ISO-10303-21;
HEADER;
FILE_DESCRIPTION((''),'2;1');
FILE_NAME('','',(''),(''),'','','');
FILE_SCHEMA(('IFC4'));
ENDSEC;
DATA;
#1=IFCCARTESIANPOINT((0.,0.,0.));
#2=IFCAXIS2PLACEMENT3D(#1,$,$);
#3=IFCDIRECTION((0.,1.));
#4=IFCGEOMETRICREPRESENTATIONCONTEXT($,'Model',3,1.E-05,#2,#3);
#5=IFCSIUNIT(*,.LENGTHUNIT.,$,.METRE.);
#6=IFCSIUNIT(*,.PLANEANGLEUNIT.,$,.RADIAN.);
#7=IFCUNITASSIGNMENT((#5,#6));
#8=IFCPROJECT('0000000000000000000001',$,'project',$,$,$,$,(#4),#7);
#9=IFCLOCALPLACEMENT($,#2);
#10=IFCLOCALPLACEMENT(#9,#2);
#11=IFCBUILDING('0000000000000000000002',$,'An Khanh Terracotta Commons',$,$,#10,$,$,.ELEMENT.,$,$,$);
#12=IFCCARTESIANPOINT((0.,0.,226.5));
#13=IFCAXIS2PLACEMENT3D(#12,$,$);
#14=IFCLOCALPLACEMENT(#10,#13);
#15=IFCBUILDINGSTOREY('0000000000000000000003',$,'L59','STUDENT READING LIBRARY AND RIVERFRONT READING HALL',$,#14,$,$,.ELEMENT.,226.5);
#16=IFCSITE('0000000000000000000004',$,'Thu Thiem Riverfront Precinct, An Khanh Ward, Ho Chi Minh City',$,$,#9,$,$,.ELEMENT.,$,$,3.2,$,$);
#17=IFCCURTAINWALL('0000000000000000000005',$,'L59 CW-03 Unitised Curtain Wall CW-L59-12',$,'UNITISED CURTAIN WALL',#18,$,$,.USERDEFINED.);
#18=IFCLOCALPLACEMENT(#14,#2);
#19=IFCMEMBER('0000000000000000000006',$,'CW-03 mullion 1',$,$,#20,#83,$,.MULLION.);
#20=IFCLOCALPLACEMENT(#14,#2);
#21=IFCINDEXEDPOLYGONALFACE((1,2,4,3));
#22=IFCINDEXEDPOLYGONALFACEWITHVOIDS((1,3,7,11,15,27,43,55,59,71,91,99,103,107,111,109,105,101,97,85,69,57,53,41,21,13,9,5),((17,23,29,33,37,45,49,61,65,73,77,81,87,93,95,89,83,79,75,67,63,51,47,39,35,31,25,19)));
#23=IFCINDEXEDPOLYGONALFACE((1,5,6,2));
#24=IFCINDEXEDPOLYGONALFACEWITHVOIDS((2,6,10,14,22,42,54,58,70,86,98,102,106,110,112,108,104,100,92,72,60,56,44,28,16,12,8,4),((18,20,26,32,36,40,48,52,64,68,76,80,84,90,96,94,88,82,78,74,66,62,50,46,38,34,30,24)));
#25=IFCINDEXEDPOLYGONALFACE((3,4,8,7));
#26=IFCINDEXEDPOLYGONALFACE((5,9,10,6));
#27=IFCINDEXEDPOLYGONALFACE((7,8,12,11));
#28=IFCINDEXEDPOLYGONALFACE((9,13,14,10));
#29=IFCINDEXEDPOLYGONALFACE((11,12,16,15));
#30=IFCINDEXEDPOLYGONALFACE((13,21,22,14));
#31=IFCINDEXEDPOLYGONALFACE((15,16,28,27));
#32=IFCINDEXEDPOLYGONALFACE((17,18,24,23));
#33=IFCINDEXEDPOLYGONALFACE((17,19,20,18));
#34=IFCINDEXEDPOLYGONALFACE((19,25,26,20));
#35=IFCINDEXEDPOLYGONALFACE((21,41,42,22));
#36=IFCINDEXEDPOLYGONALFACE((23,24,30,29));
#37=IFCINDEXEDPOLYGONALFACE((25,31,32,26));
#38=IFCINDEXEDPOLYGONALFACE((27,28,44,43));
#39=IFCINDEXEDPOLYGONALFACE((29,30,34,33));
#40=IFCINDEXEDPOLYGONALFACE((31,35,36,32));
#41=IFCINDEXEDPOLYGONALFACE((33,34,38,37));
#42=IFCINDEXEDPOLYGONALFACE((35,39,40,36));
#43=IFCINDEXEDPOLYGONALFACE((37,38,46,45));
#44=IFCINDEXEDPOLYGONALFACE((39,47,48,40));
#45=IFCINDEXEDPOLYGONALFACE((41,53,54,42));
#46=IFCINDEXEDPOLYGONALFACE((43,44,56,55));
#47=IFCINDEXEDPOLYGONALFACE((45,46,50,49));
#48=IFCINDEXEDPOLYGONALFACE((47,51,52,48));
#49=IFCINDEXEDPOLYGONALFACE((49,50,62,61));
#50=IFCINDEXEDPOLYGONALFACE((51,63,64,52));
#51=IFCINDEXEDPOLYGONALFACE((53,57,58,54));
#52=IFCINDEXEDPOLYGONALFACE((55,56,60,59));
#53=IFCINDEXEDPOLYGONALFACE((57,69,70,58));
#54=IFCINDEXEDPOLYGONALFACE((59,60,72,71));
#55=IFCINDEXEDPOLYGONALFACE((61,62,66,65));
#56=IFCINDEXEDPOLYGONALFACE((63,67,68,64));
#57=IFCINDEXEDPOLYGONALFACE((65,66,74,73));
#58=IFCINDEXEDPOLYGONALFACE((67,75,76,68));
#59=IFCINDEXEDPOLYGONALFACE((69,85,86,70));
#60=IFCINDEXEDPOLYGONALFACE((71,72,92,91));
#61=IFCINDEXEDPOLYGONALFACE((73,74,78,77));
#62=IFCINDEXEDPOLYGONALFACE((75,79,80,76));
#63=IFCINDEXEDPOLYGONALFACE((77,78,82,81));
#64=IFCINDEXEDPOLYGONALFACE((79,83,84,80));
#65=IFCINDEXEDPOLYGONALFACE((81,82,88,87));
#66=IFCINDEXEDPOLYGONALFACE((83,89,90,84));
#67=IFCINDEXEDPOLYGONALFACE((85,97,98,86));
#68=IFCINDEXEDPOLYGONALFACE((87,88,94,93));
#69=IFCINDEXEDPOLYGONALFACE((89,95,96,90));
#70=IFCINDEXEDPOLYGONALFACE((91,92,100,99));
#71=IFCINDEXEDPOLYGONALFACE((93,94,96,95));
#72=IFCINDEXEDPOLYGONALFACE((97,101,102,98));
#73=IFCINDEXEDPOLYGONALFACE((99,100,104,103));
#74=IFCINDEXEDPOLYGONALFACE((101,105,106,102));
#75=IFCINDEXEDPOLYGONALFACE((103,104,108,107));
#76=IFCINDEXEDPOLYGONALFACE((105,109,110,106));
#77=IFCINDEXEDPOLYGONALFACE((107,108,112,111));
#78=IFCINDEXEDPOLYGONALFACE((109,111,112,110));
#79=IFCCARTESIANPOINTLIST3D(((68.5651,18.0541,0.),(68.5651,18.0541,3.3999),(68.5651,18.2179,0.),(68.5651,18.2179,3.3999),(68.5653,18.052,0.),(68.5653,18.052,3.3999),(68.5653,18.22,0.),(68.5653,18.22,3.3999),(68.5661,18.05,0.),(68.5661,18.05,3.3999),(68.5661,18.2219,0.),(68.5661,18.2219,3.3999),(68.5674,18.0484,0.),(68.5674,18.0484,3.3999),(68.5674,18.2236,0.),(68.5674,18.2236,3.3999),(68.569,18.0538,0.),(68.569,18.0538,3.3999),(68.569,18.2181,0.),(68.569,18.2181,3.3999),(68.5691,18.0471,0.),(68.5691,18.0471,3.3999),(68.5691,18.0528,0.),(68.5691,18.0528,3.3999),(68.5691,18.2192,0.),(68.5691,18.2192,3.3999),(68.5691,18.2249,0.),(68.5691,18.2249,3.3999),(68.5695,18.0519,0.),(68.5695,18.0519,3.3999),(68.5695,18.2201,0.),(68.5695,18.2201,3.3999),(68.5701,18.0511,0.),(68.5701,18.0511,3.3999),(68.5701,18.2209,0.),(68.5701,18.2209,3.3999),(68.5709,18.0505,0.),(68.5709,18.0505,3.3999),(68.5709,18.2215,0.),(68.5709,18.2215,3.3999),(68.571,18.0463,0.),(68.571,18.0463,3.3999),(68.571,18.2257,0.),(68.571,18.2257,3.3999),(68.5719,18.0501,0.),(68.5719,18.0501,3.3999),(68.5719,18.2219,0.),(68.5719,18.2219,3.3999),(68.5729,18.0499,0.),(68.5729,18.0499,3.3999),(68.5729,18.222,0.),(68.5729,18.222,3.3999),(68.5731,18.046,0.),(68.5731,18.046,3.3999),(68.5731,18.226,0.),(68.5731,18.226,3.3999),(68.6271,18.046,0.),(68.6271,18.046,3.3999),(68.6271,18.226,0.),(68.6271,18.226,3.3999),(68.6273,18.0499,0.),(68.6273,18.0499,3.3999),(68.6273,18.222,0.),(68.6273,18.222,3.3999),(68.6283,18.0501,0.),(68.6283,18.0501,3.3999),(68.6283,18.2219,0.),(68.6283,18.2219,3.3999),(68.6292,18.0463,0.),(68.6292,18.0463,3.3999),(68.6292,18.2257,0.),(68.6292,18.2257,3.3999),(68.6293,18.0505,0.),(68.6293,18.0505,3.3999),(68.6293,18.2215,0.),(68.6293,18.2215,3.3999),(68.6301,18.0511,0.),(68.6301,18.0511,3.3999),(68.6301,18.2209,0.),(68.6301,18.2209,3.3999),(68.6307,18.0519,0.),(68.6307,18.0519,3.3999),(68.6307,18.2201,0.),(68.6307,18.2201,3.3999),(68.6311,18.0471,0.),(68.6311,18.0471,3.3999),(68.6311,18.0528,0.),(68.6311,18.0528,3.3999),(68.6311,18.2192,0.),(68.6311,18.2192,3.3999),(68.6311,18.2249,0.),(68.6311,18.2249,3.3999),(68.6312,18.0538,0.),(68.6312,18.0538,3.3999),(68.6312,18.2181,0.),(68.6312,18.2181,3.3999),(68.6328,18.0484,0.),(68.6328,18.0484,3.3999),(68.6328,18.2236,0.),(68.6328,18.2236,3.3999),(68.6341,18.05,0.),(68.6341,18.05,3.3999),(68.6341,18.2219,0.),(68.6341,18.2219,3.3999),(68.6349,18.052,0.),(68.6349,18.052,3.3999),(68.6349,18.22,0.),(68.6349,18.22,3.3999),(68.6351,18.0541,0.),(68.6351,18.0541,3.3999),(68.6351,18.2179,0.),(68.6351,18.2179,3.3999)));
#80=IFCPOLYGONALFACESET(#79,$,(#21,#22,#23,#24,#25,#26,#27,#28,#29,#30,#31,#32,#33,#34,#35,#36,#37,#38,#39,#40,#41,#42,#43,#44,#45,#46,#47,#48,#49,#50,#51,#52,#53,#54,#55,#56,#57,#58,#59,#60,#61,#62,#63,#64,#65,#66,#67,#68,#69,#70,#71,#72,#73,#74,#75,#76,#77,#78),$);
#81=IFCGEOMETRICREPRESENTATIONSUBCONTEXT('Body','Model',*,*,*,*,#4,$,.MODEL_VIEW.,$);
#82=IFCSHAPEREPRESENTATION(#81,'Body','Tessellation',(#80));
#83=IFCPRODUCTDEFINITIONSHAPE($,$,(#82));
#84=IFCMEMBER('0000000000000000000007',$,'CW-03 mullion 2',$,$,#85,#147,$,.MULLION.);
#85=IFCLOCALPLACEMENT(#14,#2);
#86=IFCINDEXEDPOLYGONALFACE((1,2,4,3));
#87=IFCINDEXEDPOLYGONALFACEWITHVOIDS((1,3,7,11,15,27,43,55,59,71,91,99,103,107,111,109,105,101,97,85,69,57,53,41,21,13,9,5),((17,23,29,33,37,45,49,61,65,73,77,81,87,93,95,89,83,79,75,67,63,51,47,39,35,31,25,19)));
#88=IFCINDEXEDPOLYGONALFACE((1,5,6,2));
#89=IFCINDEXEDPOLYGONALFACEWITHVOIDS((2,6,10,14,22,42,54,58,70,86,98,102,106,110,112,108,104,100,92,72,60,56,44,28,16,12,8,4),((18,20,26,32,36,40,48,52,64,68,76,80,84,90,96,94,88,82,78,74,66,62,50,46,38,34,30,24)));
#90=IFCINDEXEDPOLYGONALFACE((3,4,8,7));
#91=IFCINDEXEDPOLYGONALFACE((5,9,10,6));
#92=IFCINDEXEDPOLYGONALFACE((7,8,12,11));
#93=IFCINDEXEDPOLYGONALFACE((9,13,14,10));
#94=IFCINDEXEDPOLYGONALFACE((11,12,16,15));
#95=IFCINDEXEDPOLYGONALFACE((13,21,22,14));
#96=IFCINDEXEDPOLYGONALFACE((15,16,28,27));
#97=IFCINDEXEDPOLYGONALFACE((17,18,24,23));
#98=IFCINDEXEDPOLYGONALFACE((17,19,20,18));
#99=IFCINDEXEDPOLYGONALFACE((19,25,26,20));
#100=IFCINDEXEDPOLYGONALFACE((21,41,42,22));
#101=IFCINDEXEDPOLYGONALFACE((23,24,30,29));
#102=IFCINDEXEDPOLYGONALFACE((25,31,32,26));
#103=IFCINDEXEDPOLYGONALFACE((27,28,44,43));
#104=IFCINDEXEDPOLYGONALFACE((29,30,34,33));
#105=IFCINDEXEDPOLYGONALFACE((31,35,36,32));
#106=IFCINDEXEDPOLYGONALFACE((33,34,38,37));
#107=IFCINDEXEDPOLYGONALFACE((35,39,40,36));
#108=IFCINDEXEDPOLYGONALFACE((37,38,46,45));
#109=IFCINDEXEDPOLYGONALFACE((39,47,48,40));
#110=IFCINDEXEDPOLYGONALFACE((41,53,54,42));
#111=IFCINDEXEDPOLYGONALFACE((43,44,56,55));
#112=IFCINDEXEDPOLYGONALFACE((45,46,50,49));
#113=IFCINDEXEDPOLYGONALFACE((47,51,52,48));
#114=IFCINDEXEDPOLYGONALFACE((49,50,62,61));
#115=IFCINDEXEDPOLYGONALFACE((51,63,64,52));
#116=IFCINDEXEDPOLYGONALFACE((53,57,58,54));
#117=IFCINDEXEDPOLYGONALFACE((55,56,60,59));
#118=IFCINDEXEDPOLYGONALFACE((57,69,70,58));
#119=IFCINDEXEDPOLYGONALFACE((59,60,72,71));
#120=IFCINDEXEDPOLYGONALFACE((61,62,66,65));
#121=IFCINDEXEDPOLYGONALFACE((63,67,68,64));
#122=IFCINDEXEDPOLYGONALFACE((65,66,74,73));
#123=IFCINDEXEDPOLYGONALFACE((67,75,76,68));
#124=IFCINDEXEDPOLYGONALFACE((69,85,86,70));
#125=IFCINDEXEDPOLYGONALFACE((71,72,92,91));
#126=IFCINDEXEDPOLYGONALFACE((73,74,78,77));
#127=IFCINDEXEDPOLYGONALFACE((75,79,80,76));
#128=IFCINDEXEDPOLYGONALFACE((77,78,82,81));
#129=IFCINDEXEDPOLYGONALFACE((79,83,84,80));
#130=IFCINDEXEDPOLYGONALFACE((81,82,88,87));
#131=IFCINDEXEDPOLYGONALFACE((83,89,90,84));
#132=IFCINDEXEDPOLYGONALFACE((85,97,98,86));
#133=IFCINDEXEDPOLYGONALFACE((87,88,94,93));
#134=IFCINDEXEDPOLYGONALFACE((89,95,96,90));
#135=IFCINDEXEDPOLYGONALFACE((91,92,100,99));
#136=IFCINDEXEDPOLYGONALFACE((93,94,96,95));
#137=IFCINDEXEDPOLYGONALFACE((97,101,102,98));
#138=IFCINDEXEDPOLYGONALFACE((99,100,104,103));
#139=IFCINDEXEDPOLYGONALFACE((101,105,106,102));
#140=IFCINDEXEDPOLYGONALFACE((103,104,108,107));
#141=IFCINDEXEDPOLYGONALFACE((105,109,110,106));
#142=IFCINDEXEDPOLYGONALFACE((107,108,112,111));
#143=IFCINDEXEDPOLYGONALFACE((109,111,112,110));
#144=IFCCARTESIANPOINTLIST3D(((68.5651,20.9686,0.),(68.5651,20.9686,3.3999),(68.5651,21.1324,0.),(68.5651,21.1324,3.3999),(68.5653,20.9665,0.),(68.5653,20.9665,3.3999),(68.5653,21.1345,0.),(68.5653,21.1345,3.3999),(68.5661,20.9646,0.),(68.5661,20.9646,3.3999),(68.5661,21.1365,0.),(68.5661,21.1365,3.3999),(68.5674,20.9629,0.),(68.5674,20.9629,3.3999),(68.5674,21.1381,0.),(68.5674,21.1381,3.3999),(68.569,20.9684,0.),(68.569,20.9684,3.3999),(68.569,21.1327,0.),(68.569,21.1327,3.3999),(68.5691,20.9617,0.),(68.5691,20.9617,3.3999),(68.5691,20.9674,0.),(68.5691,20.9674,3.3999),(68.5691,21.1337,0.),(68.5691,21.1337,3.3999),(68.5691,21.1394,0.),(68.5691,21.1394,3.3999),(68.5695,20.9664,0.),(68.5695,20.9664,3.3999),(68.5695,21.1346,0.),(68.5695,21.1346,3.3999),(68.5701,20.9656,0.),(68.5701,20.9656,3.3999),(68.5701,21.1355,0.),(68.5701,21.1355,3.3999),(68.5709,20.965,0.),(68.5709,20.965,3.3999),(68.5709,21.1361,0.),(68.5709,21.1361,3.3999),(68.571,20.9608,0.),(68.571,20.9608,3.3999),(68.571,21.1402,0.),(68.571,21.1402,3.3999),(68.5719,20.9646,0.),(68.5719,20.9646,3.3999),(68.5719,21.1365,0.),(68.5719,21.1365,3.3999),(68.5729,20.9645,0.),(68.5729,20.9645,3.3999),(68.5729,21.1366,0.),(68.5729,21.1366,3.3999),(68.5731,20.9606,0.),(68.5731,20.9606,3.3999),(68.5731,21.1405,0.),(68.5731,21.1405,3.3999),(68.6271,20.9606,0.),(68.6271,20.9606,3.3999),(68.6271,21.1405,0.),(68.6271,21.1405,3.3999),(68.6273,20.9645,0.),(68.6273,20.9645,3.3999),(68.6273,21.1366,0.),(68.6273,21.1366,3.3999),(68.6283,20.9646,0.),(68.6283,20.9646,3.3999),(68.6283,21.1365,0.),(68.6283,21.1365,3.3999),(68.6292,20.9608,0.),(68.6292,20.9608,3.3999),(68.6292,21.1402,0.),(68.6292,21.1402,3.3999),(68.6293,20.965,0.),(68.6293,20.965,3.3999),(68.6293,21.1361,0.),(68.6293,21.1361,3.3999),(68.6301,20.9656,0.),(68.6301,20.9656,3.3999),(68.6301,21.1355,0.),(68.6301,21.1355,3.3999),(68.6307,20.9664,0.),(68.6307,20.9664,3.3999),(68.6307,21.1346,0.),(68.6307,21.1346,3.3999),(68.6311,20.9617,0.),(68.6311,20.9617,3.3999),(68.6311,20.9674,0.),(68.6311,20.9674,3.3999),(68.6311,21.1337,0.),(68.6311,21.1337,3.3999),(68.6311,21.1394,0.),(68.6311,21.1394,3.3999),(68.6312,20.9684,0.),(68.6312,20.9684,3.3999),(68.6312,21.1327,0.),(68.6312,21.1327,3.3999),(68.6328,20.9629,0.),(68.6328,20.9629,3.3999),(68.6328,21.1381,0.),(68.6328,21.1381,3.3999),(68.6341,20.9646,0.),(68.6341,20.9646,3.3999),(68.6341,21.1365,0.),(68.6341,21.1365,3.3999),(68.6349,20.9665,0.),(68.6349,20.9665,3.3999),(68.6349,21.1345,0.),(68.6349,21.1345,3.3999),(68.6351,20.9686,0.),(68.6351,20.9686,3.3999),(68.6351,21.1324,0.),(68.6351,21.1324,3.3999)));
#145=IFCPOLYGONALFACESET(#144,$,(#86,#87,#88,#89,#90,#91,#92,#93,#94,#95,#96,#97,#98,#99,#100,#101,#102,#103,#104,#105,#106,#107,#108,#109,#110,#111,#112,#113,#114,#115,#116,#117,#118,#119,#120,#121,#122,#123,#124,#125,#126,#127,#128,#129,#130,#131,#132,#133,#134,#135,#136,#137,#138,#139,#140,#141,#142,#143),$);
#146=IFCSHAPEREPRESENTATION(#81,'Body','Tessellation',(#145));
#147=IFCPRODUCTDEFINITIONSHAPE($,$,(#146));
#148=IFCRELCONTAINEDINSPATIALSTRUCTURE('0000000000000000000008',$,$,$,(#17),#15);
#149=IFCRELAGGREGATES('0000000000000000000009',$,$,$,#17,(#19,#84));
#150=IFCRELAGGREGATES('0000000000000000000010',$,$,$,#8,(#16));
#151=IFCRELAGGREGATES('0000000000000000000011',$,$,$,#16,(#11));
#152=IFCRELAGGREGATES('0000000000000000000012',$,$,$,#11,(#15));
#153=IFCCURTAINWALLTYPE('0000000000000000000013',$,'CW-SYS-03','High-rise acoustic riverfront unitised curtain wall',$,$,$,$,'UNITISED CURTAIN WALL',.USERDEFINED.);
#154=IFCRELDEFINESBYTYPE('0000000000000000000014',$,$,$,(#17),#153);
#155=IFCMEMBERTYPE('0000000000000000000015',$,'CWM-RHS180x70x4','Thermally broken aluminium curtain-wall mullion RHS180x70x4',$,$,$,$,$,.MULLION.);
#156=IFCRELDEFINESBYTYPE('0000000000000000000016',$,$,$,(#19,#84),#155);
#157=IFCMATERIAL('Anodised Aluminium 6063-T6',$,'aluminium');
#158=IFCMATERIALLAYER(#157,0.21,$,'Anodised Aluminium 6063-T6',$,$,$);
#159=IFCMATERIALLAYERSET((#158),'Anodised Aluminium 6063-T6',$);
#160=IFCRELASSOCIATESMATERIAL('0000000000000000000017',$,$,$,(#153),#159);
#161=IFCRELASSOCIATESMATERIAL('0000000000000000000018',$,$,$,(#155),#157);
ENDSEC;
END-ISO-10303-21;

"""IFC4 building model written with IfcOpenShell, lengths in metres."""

from ifc_helpers import new_model, si_unit, direction, frame, origin, origin_2d, place, context, subcontext, project, spatial, hollow_rectangle, extrude, material, layer, layer_set, material_profile, profile_set, type_object, element, aggregate, save


model = new_model("IFC4")

# Units and contexts
model_context = context("Model", 3, precision=1e-05, world=origin(), true_north=direction((0.0, 1.0)))
body_context = subcontext(model_context, "Body", "Model", "MODEL_VIEW")
ifc_project = project(units=[si_unit("LENGTHUNIT", "METRE"), si_unit("PLANEANGLEUNIT", "RADIAN")], contexts=[model_context])

# Site, building, storey
site_placement = place(None, origin())
site = spatial("IfcSite", under=ifc_project, at=site_placement, Name="Thu Thiem Riverfront Precinct, An Khanh Ward, Ho Chi Minh City", CompositionType="ELEMENT", RefElevation=3.2)
building_placement = place(site_placement, origin())
building = spatial("IfcBuilding", under=site, at=building_placement, Name="An Khanh Terracotta Commons", CompositionType="ELEMENT")
storey_placement = place(building_placement, frame((0.0, 0.0, 226.5)))
storey = spatial("IfcBuildingStorey", under=building, at=storey_placement, Name="L59", Description="STUDENT READING LIBRARY AND RIVERFRONT READING HALL", CompositionType="ELEMENT", Elevation=226.5)

# Curtain wall, members
ifc_material_1 = material(Name="Anodised Aluminium 6063-T6", Category="aluminium")
ifc_layer_1 = layer(ifc_material_1, 0.21, Name="Anodised Aluminium 6063-T6")
ifc_layer_set_1 = layer_set([ifc_layer_1], Name="Anodised Aluminium 6063-T6")
curtain_wall_type = type_object("IfcCurtainWallType", Name="CW-SYS-03", Description="High-rise acoustic riverfront unitised curtain wall", ElementType="UNITISED CURTAIN WALL", PredefinedType="USERDEFINED", material=ifc_layer_set_1)
curtain_wall_placement = place(storey_placement, origin())
curtain_wall = element("IfcCurtainWall", 1, at=curtain_wall_placement, inside=storey, type_object=curtain_wall_type, Name="L59 CW-03 Unitised Curtain Wall CW-L59-12", ObjectType="UNITISED CURTAIN WALL", PredefinedType="USERDEFINED")
ifc_material_profile_1 = material_profile(ifc_material_1, hollow_rectangle(XDim=0.0701, YDim=0.1799, WallThickness=0.0039, InnerFilletRadius=0.0039, OuterFilletRadius=0.0081, at=origin_2d()), Name="RHS180x70x4")
ifc_profile_set_1 = profile_set([ifc_material_profile_1], Name="Anodised Aluminium 6063-T6")
member_type_1 = type_object("IfcMemberType", Name="CWM-RHS180x70x4", Description="Thermally broken aluminium curtain-wall mullion RHS180x70x4", PredefinedType="MULLION", material=ifc_profile_set_1)
member_1_placement = place(storey_placement, frame((68.6001, 18.136, 0.0), z_axis=(0.0, 0.0, 1.0), x_axis=(-1.0, 0.0, 0.0)))
member_1 = element("IfcMember", 2, at=member_1_placement, type_object=member_type_1, Name="CW-03 mullion 1", PredefinedType="MULLION", context=body_context, shape_type="SweptSolid", body=[
    extrude(hollow_rectangle(XDim=0.0701, YDim=0.1799, WallThickness=0.0039, InnerFilletRadius=0.0039, OuterFilletRadius=0.0081, at=origin_2d()), origin(), (0.0, 0.0, 1.0), 3.3999),
])
member_2_placement = place(storey_placement, frame((68.6001, 21.0505, 0.0), z_axis=(0.0, 0.0, 1.0), x_axis=(-1.0, 0.0, 0.0)))
member_2 = element("IfcMember", 3, at=member_2_placement, type_object=member_type_1, Name="CW-03 mullion 2", PredefinedType="MULLION", context=body_context, shape_type="SweptSolid", body=[
    extrude(hollow_rectangle(XDim=0.0701, YDim=0.1799, WallThickness=0.0039, InnerFilletRadius=0.0039, OuterFilletRadius=0.0081, at=origin_2d()), origin(), (0.0, 0.0, 1.0), 3.3999),
])
aggregate(curtain_wall, [member_1, member_2])

save(model, "model.ifc")
